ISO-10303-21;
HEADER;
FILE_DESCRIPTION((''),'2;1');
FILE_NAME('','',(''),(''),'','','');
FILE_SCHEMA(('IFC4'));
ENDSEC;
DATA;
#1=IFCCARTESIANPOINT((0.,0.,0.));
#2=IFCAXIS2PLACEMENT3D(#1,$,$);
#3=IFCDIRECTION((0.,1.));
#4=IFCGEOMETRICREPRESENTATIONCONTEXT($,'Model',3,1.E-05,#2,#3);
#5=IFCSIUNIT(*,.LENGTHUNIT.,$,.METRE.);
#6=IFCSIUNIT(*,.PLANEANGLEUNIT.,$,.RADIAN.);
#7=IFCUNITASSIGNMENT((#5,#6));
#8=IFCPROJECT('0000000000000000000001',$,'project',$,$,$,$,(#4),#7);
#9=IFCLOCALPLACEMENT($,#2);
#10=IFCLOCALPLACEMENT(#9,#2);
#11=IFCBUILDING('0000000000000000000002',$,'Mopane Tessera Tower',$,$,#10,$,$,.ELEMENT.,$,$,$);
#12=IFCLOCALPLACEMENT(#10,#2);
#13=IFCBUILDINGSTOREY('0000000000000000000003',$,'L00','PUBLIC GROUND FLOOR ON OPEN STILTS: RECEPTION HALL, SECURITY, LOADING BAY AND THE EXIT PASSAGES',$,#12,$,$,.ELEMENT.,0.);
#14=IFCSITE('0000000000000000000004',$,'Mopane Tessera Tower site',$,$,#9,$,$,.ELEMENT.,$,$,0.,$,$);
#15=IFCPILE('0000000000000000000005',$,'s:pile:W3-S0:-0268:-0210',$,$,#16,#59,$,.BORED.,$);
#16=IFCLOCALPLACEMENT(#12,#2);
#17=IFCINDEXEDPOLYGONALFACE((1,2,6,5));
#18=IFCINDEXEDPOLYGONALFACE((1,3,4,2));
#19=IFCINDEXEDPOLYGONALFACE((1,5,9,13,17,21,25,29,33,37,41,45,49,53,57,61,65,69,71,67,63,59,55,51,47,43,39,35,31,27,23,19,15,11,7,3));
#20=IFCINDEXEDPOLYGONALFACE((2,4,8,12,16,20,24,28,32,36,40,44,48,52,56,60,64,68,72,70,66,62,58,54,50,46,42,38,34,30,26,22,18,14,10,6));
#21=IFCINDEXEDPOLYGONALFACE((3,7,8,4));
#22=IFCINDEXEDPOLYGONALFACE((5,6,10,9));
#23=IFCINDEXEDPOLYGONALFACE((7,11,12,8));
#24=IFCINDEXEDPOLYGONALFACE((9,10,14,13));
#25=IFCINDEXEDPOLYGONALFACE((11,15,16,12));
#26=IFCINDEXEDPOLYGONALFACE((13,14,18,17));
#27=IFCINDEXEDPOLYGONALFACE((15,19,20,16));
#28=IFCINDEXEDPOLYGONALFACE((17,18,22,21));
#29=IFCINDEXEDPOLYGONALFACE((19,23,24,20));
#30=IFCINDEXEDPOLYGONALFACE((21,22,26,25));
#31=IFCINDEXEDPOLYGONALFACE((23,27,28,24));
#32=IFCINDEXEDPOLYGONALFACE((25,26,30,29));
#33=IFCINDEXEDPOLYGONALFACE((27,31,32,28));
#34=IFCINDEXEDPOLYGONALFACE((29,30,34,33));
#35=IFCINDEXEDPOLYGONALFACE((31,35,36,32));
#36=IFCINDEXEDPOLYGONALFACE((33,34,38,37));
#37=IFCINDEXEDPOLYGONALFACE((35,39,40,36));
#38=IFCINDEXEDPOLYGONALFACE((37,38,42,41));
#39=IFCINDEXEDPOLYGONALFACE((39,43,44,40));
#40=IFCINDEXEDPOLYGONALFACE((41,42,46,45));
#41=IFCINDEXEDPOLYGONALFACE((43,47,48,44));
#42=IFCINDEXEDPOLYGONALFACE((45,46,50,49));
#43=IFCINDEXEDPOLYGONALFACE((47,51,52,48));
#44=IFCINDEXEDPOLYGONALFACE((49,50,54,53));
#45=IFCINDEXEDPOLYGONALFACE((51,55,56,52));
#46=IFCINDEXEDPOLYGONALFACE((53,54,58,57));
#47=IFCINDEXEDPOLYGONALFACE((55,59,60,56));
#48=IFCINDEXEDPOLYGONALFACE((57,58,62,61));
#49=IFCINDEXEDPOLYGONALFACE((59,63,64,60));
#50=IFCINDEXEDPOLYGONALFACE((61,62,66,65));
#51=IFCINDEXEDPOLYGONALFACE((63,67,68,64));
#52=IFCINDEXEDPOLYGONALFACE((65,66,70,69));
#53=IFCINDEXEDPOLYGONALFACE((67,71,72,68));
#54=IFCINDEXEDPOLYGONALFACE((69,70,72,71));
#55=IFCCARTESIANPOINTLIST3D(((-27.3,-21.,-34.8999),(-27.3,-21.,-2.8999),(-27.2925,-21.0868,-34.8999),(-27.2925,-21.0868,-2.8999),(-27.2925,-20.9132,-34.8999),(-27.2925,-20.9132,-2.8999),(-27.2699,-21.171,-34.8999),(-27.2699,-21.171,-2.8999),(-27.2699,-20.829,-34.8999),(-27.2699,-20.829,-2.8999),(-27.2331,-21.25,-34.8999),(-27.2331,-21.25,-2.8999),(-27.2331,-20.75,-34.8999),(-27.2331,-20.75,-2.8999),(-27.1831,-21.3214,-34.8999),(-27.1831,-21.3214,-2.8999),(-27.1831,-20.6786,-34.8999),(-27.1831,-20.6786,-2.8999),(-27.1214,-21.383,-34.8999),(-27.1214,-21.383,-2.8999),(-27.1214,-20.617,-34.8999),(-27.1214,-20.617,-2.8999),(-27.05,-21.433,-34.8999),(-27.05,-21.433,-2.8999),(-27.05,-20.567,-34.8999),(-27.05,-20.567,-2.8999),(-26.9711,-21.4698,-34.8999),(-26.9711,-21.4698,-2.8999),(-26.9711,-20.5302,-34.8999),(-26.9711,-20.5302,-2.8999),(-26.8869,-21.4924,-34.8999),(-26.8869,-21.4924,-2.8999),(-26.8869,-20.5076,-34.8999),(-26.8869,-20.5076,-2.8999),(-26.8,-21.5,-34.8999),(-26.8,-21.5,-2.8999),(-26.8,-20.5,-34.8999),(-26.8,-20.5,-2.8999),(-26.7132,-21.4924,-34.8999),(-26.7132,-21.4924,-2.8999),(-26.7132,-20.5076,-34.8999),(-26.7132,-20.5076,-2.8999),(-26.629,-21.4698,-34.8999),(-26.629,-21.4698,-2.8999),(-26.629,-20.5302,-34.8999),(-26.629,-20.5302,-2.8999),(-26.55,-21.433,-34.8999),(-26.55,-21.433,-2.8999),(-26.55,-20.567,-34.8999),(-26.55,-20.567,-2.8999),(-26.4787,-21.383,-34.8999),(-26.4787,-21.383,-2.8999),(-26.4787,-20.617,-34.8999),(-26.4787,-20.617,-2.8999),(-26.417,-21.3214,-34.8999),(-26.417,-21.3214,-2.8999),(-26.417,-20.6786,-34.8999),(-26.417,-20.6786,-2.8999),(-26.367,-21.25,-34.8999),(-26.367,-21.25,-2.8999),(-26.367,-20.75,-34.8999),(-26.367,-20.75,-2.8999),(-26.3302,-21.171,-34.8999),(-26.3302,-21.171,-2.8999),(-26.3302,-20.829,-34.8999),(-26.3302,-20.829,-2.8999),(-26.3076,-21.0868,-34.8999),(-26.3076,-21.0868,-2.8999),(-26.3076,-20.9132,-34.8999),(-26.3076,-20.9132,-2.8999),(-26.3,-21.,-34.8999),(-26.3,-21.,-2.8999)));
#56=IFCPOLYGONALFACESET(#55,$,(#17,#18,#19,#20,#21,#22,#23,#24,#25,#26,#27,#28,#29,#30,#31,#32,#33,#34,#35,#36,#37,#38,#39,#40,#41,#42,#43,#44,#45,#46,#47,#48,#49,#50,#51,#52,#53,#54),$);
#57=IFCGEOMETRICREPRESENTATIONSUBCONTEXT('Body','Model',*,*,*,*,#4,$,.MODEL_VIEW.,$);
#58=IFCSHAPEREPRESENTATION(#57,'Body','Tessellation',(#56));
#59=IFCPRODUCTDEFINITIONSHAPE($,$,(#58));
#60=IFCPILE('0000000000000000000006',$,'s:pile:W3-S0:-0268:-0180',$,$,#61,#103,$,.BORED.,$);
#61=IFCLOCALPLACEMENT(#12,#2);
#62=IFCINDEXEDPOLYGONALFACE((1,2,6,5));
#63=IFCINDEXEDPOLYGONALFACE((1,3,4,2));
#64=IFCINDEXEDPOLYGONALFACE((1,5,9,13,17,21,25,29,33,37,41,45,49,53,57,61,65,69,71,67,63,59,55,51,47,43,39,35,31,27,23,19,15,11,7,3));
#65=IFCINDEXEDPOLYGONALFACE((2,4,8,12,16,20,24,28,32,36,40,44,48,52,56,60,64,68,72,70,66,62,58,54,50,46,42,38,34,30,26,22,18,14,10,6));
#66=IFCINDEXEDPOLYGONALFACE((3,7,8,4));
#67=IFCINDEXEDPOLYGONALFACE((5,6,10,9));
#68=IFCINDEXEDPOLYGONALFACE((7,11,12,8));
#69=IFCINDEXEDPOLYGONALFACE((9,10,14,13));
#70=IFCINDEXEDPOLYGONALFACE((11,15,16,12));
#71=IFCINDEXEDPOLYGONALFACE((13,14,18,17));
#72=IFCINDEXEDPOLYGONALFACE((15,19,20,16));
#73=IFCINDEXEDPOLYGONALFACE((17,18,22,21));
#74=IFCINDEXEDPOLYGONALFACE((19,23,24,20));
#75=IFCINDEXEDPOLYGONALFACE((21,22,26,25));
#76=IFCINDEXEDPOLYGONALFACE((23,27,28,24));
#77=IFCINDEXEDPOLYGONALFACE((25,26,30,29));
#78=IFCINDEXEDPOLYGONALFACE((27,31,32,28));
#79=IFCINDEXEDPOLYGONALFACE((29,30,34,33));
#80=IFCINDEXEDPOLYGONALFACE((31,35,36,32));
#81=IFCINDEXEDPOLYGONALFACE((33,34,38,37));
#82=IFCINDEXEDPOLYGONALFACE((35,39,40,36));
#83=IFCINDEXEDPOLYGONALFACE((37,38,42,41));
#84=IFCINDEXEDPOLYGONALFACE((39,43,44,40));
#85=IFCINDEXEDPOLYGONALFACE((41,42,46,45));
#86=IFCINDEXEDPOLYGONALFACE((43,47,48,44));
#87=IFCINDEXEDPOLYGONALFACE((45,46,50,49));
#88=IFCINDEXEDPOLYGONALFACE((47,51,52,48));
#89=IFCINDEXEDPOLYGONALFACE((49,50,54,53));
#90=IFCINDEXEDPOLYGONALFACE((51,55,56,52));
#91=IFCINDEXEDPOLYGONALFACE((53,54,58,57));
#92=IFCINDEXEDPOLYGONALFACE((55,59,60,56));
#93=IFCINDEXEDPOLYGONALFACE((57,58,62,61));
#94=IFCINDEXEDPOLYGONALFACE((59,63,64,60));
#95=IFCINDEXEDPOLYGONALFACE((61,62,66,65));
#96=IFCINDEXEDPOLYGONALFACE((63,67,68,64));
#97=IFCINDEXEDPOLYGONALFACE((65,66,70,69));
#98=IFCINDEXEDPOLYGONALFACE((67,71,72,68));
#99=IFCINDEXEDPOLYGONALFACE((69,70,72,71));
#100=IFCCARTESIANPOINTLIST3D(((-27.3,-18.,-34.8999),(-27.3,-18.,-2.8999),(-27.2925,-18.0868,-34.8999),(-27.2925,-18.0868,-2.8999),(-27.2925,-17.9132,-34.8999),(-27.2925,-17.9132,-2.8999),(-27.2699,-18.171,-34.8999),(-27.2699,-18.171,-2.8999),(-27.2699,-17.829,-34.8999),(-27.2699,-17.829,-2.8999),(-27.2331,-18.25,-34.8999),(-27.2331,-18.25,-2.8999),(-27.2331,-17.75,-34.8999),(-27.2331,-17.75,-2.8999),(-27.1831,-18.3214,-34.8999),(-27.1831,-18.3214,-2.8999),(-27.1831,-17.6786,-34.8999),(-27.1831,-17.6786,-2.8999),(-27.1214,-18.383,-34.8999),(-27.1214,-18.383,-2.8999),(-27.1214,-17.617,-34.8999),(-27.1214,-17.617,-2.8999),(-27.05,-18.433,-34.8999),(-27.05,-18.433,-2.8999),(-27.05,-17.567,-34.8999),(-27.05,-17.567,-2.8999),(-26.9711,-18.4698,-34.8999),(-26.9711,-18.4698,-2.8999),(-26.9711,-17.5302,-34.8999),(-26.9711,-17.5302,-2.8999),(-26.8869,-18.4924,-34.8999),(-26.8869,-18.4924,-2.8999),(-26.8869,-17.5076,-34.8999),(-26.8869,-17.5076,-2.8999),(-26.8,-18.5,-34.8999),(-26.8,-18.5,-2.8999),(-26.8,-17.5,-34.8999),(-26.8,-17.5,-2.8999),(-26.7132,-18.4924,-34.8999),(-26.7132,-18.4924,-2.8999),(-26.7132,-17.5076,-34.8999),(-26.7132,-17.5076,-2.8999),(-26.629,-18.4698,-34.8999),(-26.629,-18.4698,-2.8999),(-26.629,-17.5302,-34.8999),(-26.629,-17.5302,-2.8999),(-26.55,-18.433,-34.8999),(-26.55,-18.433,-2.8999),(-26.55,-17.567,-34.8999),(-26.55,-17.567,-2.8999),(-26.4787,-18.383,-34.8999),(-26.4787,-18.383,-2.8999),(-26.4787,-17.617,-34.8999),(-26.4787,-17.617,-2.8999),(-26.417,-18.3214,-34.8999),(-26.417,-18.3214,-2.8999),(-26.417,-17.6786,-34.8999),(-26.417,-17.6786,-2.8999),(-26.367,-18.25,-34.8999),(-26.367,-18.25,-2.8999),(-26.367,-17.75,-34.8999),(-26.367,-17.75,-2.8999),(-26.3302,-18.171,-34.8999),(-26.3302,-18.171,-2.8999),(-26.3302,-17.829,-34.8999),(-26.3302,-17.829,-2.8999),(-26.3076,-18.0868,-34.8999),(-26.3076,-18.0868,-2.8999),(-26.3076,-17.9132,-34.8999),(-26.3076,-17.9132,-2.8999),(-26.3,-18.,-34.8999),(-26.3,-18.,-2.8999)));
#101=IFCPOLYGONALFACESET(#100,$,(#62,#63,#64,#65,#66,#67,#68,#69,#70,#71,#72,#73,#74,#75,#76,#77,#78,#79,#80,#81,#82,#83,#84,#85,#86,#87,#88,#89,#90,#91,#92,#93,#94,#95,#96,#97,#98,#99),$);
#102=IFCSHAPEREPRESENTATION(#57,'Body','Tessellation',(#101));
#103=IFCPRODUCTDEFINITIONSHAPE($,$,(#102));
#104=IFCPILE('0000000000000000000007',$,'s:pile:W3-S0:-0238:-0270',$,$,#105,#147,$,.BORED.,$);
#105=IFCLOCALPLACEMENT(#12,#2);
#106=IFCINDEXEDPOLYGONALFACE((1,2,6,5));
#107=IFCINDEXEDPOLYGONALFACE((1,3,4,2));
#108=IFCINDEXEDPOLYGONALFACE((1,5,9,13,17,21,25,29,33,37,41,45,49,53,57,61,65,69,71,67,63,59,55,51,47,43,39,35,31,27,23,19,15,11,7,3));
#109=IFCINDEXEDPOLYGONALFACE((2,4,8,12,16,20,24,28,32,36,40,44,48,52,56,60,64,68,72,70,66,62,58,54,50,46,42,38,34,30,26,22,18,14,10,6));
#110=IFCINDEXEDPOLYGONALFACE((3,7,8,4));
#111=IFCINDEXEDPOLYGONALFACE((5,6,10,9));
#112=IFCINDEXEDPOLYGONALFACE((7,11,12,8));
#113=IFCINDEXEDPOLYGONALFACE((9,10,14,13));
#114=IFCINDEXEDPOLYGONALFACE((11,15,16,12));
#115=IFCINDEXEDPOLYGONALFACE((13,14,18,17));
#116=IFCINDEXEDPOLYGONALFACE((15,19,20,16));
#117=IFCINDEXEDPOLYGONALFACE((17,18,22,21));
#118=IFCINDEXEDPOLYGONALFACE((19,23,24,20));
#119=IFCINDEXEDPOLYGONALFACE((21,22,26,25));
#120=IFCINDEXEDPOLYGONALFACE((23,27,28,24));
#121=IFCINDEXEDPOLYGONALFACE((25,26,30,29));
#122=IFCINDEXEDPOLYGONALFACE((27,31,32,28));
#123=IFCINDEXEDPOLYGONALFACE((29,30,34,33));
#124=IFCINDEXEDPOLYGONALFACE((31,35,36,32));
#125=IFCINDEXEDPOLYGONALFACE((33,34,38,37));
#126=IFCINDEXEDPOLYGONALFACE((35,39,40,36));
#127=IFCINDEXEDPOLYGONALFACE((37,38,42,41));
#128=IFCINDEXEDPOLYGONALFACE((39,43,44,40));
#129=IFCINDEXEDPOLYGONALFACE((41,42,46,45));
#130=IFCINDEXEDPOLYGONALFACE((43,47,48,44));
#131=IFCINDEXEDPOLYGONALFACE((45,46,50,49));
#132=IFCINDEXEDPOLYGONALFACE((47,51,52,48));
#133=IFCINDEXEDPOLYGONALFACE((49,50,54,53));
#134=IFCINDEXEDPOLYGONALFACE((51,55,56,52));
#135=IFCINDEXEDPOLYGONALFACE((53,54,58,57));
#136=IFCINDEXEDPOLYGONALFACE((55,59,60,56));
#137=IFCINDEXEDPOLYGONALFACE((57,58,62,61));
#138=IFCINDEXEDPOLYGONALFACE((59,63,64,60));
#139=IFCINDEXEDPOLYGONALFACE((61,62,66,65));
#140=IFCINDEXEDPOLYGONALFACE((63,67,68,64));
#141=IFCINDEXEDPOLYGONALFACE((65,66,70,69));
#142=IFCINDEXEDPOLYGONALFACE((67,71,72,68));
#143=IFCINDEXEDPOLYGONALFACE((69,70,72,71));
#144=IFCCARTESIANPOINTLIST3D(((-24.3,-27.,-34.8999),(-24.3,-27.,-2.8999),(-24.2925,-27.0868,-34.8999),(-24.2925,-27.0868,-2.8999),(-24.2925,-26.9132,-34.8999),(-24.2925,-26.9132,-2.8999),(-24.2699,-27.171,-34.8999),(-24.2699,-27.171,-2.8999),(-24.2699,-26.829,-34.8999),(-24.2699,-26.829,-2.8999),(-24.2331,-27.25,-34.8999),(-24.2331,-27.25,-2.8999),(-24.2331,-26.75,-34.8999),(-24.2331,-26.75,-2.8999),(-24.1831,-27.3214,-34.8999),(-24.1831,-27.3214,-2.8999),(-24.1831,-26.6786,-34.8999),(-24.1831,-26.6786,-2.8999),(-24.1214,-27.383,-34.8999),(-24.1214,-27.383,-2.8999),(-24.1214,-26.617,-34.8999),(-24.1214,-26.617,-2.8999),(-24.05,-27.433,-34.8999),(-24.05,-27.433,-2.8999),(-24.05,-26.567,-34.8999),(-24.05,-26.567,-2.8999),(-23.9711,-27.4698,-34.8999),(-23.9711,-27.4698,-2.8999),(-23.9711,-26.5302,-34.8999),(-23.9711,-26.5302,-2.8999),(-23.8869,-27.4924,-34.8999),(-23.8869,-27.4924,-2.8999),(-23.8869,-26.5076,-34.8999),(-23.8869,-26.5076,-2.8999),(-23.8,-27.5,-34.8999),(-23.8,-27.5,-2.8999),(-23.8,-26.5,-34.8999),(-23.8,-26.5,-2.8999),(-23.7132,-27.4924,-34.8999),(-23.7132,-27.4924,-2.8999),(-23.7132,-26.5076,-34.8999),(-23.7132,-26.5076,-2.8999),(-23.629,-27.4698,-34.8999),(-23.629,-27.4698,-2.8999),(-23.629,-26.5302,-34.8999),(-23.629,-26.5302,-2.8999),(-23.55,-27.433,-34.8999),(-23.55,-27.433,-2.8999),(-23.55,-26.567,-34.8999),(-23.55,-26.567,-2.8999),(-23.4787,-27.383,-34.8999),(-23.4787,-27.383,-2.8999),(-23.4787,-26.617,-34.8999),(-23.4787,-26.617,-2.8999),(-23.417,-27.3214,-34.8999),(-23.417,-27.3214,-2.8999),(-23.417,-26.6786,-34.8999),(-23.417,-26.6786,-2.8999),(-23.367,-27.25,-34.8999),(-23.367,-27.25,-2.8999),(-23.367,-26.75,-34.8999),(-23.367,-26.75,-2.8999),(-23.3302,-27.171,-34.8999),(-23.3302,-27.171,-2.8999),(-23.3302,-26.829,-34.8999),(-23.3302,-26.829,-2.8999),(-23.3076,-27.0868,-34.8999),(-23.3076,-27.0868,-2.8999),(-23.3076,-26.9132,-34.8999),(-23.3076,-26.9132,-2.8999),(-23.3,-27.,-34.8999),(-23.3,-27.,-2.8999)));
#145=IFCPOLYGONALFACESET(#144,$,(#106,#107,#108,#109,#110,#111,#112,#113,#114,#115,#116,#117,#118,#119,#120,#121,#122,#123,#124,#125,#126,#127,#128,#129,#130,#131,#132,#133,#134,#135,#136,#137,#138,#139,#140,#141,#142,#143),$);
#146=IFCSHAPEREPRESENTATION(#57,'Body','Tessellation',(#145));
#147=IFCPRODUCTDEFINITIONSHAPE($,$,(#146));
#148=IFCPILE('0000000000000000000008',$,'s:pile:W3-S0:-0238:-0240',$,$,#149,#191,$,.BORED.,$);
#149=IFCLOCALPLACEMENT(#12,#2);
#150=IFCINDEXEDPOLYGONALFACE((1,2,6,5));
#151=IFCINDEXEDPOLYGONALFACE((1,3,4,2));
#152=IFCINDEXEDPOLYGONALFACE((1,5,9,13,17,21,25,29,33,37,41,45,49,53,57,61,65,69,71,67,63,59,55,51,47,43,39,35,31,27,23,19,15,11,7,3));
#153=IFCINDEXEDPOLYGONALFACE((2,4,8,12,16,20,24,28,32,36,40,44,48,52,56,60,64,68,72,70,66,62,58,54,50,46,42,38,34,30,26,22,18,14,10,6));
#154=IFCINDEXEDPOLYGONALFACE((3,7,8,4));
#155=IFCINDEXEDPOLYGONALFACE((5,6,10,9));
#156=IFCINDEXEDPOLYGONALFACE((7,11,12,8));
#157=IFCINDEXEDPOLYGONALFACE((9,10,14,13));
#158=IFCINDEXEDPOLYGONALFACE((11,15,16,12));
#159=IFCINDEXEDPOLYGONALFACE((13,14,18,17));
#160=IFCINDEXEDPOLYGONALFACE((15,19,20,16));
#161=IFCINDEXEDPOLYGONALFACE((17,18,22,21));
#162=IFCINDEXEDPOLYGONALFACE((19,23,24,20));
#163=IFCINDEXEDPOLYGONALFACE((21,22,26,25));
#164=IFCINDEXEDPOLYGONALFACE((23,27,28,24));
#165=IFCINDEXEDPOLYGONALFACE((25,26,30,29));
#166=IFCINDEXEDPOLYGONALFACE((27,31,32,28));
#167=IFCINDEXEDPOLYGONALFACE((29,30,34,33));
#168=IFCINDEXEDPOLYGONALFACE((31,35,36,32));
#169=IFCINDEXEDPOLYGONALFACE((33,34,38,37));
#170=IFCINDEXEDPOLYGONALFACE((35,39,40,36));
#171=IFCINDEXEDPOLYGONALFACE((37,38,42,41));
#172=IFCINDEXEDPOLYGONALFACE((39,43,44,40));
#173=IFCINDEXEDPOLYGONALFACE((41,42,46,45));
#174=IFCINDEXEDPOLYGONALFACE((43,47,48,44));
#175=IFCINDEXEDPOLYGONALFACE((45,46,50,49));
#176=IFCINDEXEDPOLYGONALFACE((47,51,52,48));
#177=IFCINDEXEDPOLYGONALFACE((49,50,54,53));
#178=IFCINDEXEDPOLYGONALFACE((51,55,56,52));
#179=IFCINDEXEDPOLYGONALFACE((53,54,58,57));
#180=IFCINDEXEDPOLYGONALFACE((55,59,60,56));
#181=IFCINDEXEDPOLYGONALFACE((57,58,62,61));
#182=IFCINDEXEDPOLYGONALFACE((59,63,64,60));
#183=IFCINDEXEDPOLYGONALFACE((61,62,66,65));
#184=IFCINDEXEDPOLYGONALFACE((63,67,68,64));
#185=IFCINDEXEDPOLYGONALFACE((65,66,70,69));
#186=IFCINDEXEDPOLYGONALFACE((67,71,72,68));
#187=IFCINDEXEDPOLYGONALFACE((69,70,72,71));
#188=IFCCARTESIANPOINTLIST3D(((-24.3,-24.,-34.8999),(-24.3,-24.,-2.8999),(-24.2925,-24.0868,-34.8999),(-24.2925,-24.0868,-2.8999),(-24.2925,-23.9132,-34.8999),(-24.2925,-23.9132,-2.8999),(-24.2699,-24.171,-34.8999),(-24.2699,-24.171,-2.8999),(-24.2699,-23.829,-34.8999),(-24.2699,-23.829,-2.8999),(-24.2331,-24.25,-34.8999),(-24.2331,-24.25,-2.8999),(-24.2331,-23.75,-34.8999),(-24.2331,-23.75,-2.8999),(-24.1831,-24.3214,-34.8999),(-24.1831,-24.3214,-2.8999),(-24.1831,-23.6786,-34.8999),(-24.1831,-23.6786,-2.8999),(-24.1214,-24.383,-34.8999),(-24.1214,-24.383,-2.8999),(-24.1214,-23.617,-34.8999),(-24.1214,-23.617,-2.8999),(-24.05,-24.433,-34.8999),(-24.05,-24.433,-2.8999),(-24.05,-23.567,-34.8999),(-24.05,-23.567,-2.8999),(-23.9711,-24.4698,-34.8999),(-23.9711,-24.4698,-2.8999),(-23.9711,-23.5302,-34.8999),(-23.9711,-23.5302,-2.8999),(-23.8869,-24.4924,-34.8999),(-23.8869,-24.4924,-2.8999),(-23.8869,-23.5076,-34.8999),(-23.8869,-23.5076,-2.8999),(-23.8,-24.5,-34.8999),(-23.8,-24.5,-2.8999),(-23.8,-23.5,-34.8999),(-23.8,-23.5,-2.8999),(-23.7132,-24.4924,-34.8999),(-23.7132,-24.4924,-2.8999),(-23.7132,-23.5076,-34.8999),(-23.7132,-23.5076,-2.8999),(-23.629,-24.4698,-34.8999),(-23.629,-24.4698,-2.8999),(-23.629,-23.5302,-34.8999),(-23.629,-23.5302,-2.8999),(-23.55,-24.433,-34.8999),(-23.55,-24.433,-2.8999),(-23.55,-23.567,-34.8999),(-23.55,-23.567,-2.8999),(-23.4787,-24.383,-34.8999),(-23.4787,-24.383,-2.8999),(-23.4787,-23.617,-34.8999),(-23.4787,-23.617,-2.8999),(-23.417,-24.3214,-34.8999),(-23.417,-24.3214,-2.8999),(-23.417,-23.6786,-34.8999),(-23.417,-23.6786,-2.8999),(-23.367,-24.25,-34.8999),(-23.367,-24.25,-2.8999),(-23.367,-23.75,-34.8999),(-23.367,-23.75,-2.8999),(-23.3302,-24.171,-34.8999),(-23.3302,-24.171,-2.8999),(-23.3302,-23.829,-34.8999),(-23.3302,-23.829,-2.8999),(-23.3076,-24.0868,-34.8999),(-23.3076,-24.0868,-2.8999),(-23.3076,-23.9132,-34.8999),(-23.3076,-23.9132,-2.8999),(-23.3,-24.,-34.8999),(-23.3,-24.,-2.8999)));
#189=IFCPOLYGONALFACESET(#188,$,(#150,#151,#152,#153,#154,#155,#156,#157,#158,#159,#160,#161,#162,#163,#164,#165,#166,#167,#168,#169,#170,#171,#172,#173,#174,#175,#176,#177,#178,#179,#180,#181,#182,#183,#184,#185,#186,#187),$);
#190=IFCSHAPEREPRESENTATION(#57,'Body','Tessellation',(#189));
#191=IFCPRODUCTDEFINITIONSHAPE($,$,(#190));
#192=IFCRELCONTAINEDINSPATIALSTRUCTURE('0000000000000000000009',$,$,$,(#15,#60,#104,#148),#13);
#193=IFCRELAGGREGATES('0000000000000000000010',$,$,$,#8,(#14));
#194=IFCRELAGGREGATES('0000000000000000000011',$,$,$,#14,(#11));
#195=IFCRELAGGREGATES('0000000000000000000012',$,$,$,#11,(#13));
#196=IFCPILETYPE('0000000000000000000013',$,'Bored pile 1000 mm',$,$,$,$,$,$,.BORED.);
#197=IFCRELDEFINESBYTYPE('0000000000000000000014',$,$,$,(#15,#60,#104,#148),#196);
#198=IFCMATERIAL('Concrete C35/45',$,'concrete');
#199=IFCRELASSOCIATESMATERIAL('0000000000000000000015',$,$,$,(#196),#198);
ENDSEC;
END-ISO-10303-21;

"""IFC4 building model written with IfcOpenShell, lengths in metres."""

from ifc_helpers import new_model, si_unit, direction, frame, origin, origin_2d, place, context, subcontext, project, spatial, circle, extrude, material, material_profile, profile_set, type_object, element, save


model = new_model("IFC4")

# Units and contexts
model_context = context("Model", 3, precision=1e-05, world=origin(), true_north=direction((0.0, 1.0)))
body_context = subcontext(model_context, "Body", "Model", "MODEL_VIEW")
ifc_project = project(units=[si_unit("LENGTHUNIT", "METRE"), si_unit("PLANEANGLEUNIT", "RADIAN")], contexts=[model_context])

# Site, building, storey
site_placement = place(None, origin())
site = spatial("IfcSite", under=ifc_project, at=site_placement, Name="Mopane Tessera Tower site", CompositionType="ELEMENT", RefElevation=0.0)
building_placement = place(site_placement, origin())
building = spatial("IfcBuilding", under=site, at=building_placement, Name="Mopane Tessera Tower", CompositionType="ELEMENT")
storey_placement = place(building_placement, origin())
storey = spatial("IfcBuildingStorey", under=building, at=storey_placement, Name="L00", Description="PUBLIC GROUND FLOOR ON OPEN STILTS: RECEPTION HALL, SECURITY, LOADING BAY AND THE EXIT PASSAGES", CompositionType="ELEMENT", Elevation=0.0)

# Piles
ifc_material_1 = material(Name="Concrete C35/45", Category="concrete")
ifc_material_profile_1 = material_profile(ifc_material_1, circle(Radius=0.5, at=origin_2d()))
ifc_profile_set_1 = profile_set([ifc_material_profile_1], Name="Concrete C35/45")
pile_type_1 = type_object("IfcPileType", Name="Bored pile 1000 mm", PredefinedType="BORED", material=ifc_profile_set_1)
for number, where, z_axis, x_axis, name in (
    (1, (-26.8, -21.0, -2.8999), (0.0, 0.0, -1.0), (1.0, 0.0, 0.0), "s:pile:W3-S0:-0268:-0210"),
    (2, (-26.8, -18.0, -2.8999), (0.0, 0.0, -1.0), (1.0, 0.0, 0.0), "s:pile:W3-S0:-0268:-0180"),
    (3, (-23.8, -27.0, -2.8999), (0.0, 0.0, -1.0), (1.0, 0.0, 0.0), "s:pile:W3-S0:-0238:-0270"),
    (4, (-23.8, -24.0, -2.8999), (0.0, 0.0, -1.0), (1.0, 0.0, 0.0), "s:pile:W3-S0:-0238:-0240"),
):
    element("IfcPile", number, at=place(storey_placement, frame(where, z_axis=z_axis, x_axis=x_axis)), inside=storey, type_object=pile_type_1, Name=name, PredefinedType="BORED", context=body_context, shape_type="SweptSolid", body=[
        extrude(circle(Radius=0.5, at=origin_2d()), origin(), (0.0, 0.0, 1.0), 32.0),
    ])

save(model, "model.ifc")
